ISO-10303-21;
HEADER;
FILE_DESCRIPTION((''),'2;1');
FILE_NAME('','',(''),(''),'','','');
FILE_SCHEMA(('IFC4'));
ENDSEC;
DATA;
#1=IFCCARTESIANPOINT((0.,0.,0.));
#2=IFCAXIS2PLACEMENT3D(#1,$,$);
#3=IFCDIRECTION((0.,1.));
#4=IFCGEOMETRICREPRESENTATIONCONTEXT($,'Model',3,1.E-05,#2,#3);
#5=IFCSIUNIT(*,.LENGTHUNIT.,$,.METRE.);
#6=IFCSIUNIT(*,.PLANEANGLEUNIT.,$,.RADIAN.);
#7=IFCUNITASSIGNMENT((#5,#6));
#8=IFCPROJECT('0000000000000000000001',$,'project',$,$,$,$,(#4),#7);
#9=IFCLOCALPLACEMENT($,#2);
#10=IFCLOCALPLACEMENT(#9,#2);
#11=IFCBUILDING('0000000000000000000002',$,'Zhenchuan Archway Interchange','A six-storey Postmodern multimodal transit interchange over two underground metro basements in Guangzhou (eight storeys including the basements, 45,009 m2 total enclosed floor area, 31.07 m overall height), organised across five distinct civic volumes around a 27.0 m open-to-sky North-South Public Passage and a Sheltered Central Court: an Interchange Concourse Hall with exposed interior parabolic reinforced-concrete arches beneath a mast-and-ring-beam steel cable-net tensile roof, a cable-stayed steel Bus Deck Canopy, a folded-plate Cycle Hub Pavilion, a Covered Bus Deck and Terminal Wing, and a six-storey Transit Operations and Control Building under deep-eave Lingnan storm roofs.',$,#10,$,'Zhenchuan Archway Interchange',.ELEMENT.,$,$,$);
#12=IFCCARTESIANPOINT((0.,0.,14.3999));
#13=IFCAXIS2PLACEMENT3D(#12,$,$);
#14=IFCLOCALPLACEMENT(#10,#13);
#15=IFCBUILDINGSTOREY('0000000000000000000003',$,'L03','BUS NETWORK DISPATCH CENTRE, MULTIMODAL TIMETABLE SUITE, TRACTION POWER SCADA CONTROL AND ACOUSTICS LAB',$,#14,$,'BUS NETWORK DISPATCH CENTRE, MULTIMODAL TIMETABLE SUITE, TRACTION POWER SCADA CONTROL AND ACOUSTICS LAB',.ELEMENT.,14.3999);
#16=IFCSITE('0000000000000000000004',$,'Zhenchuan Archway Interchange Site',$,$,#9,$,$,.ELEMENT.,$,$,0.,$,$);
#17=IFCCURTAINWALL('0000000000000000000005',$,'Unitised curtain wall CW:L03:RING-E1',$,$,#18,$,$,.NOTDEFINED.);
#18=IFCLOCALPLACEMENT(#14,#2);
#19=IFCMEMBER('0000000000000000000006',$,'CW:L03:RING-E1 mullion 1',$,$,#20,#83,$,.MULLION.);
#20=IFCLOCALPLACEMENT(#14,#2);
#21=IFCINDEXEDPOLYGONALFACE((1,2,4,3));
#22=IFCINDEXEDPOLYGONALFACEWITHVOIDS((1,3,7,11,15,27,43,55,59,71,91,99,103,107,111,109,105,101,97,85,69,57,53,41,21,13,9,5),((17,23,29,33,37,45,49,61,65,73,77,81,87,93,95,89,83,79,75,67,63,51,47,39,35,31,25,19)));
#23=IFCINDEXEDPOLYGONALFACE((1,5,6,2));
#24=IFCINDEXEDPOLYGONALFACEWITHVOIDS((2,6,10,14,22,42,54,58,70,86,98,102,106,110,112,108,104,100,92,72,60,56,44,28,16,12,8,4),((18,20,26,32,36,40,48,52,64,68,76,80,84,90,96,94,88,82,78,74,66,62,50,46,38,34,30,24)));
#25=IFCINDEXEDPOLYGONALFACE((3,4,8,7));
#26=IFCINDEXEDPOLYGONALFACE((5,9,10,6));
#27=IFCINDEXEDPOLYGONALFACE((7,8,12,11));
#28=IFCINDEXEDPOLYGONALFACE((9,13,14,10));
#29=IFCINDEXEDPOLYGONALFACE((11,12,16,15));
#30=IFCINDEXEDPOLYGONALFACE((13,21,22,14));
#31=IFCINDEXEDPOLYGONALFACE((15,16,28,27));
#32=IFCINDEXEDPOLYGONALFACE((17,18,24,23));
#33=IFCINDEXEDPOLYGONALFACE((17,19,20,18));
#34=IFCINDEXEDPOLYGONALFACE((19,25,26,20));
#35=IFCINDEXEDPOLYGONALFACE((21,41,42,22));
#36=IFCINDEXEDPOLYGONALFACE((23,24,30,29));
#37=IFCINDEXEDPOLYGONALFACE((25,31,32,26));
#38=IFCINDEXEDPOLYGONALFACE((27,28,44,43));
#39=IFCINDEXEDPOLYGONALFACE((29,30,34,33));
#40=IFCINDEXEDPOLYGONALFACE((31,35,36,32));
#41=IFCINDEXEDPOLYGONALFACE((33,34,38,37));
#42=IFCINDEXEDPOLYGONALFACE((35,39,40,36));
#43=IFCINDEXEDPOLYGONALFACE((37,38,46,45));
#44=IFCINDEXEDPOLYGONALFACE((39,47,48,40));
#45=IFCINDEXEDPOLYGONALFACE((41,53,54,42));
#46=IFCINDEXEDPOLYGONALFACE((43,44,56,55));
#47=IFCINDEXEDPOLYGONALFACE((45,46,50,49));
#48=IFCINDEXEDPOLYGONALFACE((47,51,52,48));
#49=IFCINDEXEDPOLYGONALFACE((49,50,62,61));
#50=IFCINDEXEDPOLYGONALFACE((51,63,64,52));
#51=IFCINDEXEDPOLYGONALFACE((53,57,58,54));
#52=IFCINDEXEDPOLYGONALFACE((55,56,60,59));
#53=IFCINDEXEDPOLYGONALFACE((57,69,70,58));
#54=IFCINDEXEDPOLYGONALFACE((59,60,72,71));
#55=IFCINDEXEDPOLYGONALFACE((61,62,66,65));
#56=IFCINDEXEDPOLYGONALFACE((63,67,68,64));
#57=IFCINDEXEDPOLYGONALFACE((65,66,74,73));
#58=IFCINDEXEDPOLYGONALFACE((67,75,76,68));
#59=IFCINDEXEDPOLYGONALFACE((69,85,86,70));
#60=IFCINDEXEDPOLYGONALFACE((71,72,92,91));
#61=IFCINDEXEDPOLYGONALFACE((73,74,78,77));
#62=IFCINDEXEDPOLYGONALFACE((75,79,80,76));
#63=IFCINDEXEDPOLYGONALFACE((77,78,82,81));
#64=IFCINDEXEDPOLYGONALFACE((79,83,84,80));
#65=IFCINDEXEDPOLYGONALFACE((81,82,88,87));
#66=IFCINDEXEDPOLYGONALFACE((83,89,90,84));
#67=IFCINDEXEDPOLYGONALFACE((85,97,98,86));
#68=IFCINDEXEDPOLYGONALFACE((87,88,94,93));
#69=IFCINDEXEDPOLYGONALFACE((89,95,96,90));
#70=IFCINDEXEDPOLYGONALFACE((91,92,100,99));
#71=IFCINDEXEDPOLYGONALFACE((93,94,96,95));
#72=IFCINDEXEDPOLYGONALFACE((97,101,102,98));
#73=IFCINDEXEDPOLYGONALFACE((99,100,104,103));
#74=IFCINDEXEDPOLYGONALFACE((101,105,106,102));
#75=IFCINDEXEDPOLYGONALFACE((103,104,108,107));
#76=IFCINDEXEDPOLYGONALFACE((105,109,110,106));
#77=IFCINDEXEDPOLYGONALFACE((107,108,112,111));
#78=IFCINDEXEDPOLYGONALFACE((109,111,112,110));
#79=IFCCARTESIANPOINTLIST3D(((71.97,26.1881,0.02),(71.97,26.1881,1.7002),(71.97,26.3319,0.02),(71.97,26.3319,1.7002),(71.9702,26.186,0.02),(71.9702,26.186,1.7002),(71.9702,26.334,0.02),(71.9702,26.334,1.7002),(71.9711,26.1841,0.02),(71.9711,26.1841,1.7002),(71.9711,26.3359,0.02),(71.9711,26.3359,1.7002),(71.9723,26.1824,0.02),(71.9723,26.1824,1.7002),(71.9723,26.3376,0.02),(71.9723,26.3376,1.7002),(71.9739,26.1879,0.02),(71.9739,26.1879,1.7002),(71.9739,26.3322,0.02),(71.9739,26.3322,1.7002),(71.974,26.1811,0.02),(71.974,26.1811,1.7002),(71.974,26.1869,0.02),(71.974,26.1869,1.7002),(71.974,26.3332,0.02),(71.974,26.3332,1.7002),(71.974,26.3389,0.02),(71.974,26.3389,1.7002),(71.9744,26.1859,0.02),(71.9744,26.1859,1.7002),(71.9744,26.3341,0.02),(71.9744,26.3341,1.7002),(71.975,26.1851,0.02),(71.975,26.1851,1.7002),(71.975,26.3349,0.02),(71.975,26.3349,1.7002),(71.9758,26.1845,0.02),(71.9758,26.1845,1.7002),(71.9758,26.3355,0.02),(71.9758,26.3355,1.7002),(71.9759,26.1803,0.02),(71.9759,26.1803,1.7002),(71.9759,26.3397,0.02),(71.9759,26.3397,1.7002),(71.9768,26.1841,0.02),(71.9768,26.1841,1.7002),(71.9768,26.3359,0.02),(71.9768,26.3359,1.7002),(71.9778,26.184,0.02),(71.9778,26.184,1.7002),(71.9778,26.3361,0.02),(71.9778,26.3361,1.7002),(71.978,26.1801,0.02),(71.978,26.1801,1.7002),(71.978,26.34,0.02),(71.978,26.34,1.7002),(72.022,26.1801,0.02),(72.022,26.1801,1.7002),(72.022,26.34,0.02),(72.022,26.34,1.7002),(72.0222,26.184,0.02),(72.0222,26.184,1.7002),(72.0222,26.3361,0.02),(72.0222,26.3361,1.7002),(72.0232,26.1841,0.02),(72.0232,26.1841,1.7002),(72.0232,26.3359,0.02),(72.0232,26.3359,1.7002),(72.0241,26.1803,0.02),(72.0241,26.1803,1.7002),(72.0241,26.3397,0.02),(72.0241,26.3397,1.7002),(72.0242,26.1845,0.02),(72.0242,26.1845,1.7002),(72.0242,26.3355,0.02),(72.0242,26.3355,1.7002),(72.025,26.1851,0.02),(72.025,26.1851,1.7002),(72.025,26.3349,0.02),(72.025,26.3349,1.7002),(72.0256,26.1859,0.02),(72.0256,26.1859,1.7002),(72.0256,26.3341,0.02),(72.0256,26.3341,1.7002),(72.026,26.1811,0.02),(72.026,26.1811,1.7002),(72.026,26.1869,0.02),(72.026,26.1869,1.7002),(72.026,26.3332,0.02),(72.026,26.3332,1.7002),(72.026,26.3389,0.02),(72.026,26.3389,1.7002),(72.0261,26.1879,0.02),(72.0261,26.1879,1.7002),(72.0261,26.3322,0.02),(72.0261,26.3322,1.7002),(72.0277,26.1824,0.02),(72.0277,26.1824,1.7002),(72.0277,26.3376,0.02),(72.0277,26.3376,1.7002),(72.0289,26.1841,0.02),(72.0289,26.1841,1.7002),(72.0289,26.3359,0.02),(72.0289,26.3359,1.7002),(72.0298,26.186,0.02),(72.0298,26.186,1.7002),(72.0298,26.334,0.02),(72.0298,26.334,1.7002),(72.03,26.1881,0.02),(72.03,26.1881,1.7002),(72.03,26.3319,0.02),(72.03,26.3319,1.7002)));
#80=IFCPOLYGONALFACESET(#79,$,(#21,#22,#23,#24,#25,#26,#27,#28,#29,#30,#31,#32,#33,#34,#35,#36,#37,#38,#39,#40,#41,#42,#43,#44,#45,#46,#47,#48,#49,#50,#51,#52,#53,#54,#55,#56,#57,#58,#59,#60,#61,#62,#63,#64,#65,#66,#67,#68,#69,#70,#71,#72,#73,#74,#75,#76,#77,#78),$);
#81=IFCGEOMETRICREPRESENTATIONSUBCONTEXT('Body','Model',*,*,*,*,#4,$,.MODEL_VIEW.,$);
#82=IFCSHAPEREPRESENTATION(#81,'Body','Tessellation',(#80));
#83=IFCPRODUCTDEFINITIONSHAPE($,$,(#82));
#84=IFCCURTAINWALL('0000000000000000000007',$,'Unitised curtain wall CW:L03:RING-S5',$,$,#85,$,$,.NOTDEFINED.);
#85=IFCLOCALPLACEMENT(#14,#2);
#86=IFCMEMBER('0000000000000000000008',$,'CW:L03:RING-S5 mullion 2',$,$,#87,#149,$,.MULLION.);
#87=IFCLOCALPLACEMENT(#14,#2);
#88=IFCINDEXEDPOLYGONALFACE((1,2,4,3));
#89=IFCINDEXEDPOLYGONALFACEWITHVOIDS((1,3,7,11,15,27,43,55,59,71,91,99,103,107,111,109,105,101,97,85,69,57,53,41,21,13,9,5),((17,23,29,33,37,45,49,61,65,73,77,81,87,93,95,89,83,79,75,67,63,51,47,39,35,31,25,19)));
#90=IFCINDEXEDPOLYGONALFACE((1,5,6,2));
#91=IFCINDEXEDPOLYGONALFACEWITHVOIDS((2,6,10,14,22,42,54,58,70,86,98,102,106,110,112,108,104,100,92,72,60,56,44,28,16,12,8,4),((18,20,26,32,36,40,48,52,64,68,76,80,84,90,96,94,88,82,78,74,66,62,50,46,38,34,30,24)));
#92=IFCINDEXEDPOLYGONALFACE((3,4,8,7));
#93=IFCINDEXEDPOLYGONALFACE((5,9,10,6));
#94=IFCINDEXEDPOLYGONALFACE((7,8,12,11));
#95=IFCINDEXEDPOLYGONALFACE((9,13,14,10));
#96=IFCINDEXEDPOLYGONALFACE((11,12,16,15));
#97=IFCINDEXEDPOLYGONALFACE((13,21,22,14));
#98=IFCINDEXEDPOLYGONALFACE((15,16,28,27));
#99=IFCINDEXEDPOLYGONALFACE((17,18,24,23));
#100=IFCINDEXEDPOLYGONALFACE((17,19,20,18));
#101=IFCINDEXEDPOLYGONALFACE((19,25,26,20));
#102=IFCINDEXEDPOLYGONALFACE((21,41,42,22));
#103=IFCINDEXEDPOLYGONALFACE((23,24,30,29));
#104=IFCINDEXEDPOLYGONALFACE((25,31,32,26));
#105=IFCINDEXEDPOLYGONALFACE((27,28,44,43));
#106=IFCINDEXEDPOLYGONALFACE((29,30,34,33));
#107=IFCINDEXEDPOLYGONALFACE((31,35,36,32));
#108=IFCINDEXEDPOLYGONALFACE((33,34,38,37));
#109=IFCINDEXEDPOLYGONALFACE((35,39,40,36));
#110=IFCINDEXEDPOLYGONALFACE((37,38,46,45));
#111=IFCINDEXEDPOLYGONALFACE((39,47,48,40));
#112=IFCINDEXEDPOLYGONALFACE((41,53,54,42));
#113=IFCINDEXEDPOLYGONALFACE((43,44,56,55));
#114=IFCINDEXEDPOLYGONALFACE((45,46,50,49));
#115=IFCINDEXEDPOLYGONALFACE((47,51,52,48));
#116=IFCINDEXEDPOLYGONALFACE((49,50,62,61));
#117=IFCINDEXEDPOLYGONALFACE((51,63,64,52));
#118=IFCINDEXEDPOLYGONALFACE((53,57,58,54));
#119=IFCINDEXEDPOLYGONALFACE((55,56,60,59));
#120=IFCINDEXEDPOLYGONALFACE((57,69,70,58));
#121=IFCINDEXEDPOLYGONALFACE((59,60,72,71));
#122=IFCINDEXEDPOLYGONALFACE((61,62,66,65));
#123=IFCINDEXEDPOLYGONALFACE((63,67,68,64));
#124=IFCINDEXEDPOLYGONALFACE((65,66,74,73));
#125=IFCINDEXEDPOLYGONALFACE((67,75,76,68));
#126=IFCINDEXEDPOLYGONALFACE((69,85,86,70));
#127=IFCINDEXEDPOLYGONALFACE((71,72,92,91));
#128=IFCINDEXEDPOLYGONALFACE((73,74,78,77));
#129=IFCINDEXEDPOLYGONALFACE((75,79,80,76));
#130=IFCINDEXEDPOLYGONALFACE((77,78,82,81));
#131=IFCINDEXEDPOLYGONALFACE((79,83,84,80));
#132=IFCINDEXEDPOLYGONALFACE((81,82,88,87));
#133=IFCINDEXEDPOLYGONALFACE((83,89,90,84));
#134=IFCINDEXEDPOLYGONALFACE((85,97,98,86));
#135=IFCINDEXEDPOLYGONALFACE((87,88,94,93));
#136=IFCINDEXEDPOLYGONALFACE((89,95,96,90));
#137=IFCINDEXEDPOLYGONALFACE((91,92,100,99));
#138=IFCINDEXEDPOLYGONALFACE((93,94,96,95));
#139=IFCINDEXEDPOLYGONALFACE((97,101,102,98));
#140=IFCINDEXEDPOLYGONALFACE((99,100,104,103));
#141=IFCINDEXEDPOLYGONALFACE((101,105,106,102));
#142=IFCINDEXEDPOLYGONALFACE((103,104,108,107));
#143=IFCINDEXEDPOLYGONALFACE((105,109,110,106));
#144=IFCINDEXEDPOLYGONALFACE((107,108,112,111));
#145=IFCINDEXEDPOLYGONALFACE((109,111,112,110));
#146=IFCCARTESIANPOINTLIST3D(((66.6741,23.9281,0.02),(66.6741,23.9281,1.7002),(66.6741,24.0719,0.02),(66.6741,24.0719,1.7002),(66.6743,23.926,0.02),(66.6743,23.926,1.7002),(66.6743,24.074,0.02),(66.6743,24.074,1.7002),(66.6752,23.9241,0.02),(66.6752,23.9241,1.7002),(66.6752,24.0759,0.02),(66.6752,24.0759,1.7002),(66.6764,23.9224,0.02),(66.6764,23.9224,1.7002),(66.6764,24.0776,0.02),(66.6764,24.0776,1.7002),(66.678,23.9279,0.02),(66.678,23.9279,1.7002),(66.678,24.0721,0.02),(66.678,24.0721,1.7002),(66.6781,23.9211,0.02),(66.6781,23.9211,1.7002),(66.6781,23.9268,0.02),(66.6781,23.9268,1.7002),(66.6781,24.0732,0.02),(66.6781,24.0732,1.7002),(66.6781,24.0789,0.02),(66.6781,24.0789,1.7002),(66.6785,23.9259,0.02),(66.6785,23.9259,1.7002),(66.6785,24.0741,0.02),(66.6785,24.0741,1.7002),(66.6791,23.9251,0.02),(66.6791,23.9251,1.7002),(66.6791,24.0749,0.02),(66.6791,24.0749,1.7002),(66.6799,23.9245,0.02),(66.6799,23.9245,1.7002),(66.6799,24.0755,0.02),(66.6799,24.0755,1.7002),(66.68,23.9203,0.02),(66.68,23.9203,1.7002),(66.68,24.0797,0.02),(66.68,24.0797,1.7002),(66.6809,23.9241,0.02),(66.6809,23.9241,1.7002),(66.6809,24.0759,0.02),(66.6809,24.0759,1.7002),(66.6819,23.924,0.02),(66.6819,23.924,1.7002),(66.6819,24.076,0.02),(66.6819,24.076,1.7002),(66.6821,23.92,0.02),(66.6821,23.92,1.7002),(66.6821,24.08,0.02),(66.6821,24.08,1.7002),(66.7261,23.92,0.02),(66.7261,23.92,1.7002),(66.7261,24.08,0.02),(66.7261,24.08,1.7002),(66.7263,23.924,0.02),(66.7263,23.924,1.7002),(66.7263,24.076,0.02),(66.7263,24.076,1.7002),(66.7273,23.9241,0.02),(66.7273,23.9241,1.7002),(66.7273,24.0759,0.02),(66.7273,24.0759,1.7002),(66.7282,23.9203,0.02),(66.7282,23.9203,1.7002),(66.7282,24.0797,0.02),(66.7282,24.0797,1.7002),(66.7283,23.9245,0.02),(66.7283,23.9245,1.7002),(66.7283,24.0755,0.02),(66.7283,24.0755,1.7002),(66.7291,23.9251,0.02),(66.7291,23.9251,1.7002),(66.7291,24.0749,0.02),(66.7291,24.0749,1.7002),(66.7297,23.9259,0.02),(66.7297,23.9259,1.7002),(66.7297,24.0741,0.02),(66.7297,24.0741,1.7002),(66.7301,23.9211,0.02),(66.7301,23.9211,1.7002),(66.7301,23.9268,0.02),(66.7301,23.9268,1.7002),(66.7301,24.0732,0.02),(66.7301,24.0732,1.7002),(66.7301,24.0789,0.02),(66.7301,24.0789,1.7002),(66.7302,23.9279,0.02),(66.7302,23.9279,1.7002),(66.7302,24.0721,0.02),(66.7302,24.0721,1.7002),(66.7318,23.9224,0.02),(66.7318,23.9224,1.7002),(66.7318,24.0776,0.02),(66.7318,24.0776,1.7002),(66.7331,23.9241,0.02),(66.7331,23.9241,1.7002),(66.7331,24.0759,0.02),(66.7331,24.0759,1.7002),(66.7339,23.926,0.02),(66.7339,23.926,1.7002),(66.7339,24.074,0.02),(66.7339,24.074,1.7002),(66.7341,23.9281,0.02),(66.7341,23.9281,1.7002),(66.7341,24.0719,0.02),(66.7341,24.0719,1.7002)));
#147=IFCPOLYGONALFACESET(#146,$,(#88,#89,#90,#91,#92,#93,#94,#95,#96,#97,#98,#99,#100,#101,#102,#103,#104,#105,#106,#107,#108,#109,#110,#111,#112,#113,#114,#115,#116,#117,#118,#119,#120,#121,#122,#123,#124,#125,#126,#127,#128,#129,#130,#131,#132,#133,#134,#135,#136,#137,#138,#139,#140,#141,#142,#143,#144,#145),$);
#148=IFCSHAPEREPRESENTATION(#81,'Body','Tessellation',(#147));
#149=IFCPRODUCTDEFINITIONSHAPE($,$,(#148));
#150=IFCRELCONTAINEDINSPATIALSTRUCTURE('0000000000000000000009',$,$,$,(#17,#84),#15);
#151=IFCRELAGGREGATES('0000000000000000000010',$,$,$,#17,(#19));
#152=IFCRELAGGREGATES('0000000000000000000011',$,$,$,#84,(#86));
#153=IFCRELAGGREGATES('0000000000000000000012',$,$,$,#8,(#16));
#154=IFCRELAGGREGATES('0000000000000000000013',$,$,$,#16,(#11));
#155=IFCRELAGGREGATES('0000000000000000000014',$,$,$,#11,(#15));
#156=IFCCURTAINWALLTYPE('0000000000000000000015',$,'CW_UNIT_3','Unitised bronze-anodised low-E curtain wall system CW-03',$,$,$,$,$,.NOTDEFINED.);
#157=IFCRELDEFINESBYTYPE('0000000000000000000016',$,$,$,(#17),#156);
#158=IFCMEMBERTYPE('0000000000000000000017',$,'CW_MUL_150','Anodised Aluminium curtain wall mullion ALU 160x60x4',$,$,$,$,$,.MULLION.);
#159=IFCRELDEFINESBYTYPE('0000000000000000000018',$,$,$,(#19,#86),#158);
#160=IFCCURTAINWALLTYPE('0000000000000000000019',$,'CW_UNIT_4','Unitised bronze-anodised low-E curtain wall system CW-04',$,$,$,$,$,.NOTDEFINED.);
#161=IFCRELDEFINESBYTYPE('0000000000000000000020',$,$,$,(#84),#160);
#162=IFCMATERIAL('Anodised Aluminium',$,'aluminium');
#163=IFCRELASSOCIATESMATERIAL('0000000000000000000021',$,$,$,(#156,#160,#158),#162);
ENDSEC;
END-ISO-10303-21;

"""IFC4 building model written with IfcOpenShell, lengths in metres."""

from ifc_helpers import new_model, si_unit, direction, frame, origin, origin_2d, place, context, subcontext, project, spatial, hollow_rectangle, extrude, material, material_profile, profile_set, type_object, element, aggregate, save


model = new_model("IFC4")

# Units and contexts
model_context = context("Model", 3, precision=1e-05, world=origin(), true_north=direction((0.0, 1.0)))
body_context = subcontext(model_context, "Body", "Model", "MODEL_VIEW")
ifc_project = project(units=[si_unit("LENGTHUNIT", "METRE"), si_unit("PLANEANGLEUNIT", "RADIAN")], contexts=[model_context])

# Site, building, storey
site_placement = place(None, origin())
site = spatial("IfcSite", under=ifc_project, at=site_placement, Name="Zhenchuan Archway Interchange Site", CompositionType="ELEMENT", RefElevation=0.0)
building_placement = place(site_placement, origin())
building = spatial("IfcBuilding", under=site, at=building_placement, Name="Zhenchuan Archway Interchange", Description="A six-storey Postmodern multimodal transit interchange over two underground metro basements in Guangzhou (eight storeys including the basements, 45,009 m2 total enclosed floor area, 31.07 m overall height), organised across five distinct civic volumes around a 27.0 m open-to-sky North-South Public Passage and a Sheltered Central Court: an Interchange Concourse Hall with exposed interior parabolic reinforced-concrete arches beneath a mast-and-ring-beam steel cable-net tensile roof, a cable-stayed steel Bus Deck Canopy, a folded-plate Cycle Hub Pavilion, a Covered Bus Deck and Terminal Wing, and a six-storey Transit Operations and Control Building under deep-eave Lingnan storm roofs.", LongName="Zhenchuan Archway Interchange", CompositionType="ELEMENT")
storey_placement = place(building_placement, frame((0.0, 0.0, 14.3999)))
storey = spatial("IfcBuildingStorey", under=building, at=storey_placement, Name="L03", Description="BUS NETWORK DISPATCH CENTRE, MULTIMODAL TIMETABLE SUITE, TRACTION POWER SCADA CONTROL AND ACOUSTICS LAB", LongName="BUS NETWORK DISPATCH CENTRE, MULTIMODAL TIMETABLE SUITE, TRACTION POWER SCADA CONTROL AND ACOUSTICS LAB", CompositionType="ELEMENT", Elevation=14.3999)

# Curtain walls, members
ifc_material_1 = material(Name="Anodised Aluminium", Category="aluminium")
curtain_wall_type_1 = type_object("IfcCurtainWallType", Name="CW_UNIT_3", Description="Unitised bronze-anodised low-E curtain wall system CW-03", PredefinedType="NOTDEFINED", material=ifc_material_1)
curtain_wall_1_placement = place(storey_placement, origin())
curtain_wall_1 = element("IfcCurtainWall", 1, at=curtain_wall_1_placement, inside=storey, type_object=curtain_wall_type_1, Name="Unitised curtain wall CW:L03:RING-E1", PredefinedType="NOTDEFINED")
ifc_material_profile_1 = material_profile(ifc_material_1, hollow_rectangle(XDim=0.0601, YDim=0.1599, WallThickness=0.0039, InnerFilletRadius=0.0039, OuterFilletRadius=0.0081, at=origin_2d()), Name="ALU 160x60x4")
ifc_profile_set_1 = profile_set([ifc_material_profile_1], Name="Anodised Aluminium")
member_type_1 = type_object("IfcMemberType", Name="CW_MUL_150", Description="Anodised Aluminium curtain wall mullion ALU 160x60x4", PredefinedType="MULLION", material=ifc_profile_set_1)
member_1_placement = place(storey_placement, frame((72.0, 26.26, 0.02), z_axis=(0.0, 0.0, 1.0), x_axis=(1.0, 0.0, 0.0)))
member_1 = element("IfcMember", 2, at=member_1_placement, type_object=member_type_1, Name="CW:L03:RING-E1 mullion 1", PredefinedType="MULLION", context=body_context, shape_type="SweptSolid", body=[
    extrude(hollow_rectangle(XDim=0.0601, YDim=0.1599, WallThickness=0.0039, InnerFilletRadius=0.0039, OuterFilletRadius=0.0081, at=origin_2d()), origin(), (0.0, 0.0, 1.0), 1.6802),
])
curtain_wall_type_2 = type_object("IfcCurtainWallType", Name="CW_UNIT_4", Description="Unitised bronze-anodised low-E curtain wall system CW-04", PredefinedType="NOTDEFINED", material=ifc_material_1)
curtain_wall_2_placement = place(storey_placement, origin())
curtain_wall_2 = element("IfcCurtainWall", 3, at=curtain_wall_2_placement, inside=storey, type_object=curtain_wall_type_2, Name="Unitised curtain wall CW:L03:RING-S5", PredefinedType="NOTDEFINED")
member_2_placement = place(storey_placement, frame((66.7041, 24.0, 0.02), z_axis=(0.0, 0.0, 1.0), x_axis=(1.0, 0.0, 0.0)))
member_2 = element("IfcMember", 4, at=member_2_placement, type_object=member_type_1, Name="CW:L03:RING-S5 mullion 2", PredefinedType="MULLION", context=body_context, shape_type="SweptSolid", body=[
    extrude(hollow_rectangle(XDim=0.0601, YDim=0.1599, WallThickness=0.0039, InnerFilletRadius=0.0039, OuterFilletRadius=0.0081, at=origin_2d()), origin(), (0.0, 0.0, 1.0), 1.6802),
])

aggregate(curtain_wall_1, [member_1])
aggregate(curtain_wall_2, [member_2])

save(model, "model.ifc")
